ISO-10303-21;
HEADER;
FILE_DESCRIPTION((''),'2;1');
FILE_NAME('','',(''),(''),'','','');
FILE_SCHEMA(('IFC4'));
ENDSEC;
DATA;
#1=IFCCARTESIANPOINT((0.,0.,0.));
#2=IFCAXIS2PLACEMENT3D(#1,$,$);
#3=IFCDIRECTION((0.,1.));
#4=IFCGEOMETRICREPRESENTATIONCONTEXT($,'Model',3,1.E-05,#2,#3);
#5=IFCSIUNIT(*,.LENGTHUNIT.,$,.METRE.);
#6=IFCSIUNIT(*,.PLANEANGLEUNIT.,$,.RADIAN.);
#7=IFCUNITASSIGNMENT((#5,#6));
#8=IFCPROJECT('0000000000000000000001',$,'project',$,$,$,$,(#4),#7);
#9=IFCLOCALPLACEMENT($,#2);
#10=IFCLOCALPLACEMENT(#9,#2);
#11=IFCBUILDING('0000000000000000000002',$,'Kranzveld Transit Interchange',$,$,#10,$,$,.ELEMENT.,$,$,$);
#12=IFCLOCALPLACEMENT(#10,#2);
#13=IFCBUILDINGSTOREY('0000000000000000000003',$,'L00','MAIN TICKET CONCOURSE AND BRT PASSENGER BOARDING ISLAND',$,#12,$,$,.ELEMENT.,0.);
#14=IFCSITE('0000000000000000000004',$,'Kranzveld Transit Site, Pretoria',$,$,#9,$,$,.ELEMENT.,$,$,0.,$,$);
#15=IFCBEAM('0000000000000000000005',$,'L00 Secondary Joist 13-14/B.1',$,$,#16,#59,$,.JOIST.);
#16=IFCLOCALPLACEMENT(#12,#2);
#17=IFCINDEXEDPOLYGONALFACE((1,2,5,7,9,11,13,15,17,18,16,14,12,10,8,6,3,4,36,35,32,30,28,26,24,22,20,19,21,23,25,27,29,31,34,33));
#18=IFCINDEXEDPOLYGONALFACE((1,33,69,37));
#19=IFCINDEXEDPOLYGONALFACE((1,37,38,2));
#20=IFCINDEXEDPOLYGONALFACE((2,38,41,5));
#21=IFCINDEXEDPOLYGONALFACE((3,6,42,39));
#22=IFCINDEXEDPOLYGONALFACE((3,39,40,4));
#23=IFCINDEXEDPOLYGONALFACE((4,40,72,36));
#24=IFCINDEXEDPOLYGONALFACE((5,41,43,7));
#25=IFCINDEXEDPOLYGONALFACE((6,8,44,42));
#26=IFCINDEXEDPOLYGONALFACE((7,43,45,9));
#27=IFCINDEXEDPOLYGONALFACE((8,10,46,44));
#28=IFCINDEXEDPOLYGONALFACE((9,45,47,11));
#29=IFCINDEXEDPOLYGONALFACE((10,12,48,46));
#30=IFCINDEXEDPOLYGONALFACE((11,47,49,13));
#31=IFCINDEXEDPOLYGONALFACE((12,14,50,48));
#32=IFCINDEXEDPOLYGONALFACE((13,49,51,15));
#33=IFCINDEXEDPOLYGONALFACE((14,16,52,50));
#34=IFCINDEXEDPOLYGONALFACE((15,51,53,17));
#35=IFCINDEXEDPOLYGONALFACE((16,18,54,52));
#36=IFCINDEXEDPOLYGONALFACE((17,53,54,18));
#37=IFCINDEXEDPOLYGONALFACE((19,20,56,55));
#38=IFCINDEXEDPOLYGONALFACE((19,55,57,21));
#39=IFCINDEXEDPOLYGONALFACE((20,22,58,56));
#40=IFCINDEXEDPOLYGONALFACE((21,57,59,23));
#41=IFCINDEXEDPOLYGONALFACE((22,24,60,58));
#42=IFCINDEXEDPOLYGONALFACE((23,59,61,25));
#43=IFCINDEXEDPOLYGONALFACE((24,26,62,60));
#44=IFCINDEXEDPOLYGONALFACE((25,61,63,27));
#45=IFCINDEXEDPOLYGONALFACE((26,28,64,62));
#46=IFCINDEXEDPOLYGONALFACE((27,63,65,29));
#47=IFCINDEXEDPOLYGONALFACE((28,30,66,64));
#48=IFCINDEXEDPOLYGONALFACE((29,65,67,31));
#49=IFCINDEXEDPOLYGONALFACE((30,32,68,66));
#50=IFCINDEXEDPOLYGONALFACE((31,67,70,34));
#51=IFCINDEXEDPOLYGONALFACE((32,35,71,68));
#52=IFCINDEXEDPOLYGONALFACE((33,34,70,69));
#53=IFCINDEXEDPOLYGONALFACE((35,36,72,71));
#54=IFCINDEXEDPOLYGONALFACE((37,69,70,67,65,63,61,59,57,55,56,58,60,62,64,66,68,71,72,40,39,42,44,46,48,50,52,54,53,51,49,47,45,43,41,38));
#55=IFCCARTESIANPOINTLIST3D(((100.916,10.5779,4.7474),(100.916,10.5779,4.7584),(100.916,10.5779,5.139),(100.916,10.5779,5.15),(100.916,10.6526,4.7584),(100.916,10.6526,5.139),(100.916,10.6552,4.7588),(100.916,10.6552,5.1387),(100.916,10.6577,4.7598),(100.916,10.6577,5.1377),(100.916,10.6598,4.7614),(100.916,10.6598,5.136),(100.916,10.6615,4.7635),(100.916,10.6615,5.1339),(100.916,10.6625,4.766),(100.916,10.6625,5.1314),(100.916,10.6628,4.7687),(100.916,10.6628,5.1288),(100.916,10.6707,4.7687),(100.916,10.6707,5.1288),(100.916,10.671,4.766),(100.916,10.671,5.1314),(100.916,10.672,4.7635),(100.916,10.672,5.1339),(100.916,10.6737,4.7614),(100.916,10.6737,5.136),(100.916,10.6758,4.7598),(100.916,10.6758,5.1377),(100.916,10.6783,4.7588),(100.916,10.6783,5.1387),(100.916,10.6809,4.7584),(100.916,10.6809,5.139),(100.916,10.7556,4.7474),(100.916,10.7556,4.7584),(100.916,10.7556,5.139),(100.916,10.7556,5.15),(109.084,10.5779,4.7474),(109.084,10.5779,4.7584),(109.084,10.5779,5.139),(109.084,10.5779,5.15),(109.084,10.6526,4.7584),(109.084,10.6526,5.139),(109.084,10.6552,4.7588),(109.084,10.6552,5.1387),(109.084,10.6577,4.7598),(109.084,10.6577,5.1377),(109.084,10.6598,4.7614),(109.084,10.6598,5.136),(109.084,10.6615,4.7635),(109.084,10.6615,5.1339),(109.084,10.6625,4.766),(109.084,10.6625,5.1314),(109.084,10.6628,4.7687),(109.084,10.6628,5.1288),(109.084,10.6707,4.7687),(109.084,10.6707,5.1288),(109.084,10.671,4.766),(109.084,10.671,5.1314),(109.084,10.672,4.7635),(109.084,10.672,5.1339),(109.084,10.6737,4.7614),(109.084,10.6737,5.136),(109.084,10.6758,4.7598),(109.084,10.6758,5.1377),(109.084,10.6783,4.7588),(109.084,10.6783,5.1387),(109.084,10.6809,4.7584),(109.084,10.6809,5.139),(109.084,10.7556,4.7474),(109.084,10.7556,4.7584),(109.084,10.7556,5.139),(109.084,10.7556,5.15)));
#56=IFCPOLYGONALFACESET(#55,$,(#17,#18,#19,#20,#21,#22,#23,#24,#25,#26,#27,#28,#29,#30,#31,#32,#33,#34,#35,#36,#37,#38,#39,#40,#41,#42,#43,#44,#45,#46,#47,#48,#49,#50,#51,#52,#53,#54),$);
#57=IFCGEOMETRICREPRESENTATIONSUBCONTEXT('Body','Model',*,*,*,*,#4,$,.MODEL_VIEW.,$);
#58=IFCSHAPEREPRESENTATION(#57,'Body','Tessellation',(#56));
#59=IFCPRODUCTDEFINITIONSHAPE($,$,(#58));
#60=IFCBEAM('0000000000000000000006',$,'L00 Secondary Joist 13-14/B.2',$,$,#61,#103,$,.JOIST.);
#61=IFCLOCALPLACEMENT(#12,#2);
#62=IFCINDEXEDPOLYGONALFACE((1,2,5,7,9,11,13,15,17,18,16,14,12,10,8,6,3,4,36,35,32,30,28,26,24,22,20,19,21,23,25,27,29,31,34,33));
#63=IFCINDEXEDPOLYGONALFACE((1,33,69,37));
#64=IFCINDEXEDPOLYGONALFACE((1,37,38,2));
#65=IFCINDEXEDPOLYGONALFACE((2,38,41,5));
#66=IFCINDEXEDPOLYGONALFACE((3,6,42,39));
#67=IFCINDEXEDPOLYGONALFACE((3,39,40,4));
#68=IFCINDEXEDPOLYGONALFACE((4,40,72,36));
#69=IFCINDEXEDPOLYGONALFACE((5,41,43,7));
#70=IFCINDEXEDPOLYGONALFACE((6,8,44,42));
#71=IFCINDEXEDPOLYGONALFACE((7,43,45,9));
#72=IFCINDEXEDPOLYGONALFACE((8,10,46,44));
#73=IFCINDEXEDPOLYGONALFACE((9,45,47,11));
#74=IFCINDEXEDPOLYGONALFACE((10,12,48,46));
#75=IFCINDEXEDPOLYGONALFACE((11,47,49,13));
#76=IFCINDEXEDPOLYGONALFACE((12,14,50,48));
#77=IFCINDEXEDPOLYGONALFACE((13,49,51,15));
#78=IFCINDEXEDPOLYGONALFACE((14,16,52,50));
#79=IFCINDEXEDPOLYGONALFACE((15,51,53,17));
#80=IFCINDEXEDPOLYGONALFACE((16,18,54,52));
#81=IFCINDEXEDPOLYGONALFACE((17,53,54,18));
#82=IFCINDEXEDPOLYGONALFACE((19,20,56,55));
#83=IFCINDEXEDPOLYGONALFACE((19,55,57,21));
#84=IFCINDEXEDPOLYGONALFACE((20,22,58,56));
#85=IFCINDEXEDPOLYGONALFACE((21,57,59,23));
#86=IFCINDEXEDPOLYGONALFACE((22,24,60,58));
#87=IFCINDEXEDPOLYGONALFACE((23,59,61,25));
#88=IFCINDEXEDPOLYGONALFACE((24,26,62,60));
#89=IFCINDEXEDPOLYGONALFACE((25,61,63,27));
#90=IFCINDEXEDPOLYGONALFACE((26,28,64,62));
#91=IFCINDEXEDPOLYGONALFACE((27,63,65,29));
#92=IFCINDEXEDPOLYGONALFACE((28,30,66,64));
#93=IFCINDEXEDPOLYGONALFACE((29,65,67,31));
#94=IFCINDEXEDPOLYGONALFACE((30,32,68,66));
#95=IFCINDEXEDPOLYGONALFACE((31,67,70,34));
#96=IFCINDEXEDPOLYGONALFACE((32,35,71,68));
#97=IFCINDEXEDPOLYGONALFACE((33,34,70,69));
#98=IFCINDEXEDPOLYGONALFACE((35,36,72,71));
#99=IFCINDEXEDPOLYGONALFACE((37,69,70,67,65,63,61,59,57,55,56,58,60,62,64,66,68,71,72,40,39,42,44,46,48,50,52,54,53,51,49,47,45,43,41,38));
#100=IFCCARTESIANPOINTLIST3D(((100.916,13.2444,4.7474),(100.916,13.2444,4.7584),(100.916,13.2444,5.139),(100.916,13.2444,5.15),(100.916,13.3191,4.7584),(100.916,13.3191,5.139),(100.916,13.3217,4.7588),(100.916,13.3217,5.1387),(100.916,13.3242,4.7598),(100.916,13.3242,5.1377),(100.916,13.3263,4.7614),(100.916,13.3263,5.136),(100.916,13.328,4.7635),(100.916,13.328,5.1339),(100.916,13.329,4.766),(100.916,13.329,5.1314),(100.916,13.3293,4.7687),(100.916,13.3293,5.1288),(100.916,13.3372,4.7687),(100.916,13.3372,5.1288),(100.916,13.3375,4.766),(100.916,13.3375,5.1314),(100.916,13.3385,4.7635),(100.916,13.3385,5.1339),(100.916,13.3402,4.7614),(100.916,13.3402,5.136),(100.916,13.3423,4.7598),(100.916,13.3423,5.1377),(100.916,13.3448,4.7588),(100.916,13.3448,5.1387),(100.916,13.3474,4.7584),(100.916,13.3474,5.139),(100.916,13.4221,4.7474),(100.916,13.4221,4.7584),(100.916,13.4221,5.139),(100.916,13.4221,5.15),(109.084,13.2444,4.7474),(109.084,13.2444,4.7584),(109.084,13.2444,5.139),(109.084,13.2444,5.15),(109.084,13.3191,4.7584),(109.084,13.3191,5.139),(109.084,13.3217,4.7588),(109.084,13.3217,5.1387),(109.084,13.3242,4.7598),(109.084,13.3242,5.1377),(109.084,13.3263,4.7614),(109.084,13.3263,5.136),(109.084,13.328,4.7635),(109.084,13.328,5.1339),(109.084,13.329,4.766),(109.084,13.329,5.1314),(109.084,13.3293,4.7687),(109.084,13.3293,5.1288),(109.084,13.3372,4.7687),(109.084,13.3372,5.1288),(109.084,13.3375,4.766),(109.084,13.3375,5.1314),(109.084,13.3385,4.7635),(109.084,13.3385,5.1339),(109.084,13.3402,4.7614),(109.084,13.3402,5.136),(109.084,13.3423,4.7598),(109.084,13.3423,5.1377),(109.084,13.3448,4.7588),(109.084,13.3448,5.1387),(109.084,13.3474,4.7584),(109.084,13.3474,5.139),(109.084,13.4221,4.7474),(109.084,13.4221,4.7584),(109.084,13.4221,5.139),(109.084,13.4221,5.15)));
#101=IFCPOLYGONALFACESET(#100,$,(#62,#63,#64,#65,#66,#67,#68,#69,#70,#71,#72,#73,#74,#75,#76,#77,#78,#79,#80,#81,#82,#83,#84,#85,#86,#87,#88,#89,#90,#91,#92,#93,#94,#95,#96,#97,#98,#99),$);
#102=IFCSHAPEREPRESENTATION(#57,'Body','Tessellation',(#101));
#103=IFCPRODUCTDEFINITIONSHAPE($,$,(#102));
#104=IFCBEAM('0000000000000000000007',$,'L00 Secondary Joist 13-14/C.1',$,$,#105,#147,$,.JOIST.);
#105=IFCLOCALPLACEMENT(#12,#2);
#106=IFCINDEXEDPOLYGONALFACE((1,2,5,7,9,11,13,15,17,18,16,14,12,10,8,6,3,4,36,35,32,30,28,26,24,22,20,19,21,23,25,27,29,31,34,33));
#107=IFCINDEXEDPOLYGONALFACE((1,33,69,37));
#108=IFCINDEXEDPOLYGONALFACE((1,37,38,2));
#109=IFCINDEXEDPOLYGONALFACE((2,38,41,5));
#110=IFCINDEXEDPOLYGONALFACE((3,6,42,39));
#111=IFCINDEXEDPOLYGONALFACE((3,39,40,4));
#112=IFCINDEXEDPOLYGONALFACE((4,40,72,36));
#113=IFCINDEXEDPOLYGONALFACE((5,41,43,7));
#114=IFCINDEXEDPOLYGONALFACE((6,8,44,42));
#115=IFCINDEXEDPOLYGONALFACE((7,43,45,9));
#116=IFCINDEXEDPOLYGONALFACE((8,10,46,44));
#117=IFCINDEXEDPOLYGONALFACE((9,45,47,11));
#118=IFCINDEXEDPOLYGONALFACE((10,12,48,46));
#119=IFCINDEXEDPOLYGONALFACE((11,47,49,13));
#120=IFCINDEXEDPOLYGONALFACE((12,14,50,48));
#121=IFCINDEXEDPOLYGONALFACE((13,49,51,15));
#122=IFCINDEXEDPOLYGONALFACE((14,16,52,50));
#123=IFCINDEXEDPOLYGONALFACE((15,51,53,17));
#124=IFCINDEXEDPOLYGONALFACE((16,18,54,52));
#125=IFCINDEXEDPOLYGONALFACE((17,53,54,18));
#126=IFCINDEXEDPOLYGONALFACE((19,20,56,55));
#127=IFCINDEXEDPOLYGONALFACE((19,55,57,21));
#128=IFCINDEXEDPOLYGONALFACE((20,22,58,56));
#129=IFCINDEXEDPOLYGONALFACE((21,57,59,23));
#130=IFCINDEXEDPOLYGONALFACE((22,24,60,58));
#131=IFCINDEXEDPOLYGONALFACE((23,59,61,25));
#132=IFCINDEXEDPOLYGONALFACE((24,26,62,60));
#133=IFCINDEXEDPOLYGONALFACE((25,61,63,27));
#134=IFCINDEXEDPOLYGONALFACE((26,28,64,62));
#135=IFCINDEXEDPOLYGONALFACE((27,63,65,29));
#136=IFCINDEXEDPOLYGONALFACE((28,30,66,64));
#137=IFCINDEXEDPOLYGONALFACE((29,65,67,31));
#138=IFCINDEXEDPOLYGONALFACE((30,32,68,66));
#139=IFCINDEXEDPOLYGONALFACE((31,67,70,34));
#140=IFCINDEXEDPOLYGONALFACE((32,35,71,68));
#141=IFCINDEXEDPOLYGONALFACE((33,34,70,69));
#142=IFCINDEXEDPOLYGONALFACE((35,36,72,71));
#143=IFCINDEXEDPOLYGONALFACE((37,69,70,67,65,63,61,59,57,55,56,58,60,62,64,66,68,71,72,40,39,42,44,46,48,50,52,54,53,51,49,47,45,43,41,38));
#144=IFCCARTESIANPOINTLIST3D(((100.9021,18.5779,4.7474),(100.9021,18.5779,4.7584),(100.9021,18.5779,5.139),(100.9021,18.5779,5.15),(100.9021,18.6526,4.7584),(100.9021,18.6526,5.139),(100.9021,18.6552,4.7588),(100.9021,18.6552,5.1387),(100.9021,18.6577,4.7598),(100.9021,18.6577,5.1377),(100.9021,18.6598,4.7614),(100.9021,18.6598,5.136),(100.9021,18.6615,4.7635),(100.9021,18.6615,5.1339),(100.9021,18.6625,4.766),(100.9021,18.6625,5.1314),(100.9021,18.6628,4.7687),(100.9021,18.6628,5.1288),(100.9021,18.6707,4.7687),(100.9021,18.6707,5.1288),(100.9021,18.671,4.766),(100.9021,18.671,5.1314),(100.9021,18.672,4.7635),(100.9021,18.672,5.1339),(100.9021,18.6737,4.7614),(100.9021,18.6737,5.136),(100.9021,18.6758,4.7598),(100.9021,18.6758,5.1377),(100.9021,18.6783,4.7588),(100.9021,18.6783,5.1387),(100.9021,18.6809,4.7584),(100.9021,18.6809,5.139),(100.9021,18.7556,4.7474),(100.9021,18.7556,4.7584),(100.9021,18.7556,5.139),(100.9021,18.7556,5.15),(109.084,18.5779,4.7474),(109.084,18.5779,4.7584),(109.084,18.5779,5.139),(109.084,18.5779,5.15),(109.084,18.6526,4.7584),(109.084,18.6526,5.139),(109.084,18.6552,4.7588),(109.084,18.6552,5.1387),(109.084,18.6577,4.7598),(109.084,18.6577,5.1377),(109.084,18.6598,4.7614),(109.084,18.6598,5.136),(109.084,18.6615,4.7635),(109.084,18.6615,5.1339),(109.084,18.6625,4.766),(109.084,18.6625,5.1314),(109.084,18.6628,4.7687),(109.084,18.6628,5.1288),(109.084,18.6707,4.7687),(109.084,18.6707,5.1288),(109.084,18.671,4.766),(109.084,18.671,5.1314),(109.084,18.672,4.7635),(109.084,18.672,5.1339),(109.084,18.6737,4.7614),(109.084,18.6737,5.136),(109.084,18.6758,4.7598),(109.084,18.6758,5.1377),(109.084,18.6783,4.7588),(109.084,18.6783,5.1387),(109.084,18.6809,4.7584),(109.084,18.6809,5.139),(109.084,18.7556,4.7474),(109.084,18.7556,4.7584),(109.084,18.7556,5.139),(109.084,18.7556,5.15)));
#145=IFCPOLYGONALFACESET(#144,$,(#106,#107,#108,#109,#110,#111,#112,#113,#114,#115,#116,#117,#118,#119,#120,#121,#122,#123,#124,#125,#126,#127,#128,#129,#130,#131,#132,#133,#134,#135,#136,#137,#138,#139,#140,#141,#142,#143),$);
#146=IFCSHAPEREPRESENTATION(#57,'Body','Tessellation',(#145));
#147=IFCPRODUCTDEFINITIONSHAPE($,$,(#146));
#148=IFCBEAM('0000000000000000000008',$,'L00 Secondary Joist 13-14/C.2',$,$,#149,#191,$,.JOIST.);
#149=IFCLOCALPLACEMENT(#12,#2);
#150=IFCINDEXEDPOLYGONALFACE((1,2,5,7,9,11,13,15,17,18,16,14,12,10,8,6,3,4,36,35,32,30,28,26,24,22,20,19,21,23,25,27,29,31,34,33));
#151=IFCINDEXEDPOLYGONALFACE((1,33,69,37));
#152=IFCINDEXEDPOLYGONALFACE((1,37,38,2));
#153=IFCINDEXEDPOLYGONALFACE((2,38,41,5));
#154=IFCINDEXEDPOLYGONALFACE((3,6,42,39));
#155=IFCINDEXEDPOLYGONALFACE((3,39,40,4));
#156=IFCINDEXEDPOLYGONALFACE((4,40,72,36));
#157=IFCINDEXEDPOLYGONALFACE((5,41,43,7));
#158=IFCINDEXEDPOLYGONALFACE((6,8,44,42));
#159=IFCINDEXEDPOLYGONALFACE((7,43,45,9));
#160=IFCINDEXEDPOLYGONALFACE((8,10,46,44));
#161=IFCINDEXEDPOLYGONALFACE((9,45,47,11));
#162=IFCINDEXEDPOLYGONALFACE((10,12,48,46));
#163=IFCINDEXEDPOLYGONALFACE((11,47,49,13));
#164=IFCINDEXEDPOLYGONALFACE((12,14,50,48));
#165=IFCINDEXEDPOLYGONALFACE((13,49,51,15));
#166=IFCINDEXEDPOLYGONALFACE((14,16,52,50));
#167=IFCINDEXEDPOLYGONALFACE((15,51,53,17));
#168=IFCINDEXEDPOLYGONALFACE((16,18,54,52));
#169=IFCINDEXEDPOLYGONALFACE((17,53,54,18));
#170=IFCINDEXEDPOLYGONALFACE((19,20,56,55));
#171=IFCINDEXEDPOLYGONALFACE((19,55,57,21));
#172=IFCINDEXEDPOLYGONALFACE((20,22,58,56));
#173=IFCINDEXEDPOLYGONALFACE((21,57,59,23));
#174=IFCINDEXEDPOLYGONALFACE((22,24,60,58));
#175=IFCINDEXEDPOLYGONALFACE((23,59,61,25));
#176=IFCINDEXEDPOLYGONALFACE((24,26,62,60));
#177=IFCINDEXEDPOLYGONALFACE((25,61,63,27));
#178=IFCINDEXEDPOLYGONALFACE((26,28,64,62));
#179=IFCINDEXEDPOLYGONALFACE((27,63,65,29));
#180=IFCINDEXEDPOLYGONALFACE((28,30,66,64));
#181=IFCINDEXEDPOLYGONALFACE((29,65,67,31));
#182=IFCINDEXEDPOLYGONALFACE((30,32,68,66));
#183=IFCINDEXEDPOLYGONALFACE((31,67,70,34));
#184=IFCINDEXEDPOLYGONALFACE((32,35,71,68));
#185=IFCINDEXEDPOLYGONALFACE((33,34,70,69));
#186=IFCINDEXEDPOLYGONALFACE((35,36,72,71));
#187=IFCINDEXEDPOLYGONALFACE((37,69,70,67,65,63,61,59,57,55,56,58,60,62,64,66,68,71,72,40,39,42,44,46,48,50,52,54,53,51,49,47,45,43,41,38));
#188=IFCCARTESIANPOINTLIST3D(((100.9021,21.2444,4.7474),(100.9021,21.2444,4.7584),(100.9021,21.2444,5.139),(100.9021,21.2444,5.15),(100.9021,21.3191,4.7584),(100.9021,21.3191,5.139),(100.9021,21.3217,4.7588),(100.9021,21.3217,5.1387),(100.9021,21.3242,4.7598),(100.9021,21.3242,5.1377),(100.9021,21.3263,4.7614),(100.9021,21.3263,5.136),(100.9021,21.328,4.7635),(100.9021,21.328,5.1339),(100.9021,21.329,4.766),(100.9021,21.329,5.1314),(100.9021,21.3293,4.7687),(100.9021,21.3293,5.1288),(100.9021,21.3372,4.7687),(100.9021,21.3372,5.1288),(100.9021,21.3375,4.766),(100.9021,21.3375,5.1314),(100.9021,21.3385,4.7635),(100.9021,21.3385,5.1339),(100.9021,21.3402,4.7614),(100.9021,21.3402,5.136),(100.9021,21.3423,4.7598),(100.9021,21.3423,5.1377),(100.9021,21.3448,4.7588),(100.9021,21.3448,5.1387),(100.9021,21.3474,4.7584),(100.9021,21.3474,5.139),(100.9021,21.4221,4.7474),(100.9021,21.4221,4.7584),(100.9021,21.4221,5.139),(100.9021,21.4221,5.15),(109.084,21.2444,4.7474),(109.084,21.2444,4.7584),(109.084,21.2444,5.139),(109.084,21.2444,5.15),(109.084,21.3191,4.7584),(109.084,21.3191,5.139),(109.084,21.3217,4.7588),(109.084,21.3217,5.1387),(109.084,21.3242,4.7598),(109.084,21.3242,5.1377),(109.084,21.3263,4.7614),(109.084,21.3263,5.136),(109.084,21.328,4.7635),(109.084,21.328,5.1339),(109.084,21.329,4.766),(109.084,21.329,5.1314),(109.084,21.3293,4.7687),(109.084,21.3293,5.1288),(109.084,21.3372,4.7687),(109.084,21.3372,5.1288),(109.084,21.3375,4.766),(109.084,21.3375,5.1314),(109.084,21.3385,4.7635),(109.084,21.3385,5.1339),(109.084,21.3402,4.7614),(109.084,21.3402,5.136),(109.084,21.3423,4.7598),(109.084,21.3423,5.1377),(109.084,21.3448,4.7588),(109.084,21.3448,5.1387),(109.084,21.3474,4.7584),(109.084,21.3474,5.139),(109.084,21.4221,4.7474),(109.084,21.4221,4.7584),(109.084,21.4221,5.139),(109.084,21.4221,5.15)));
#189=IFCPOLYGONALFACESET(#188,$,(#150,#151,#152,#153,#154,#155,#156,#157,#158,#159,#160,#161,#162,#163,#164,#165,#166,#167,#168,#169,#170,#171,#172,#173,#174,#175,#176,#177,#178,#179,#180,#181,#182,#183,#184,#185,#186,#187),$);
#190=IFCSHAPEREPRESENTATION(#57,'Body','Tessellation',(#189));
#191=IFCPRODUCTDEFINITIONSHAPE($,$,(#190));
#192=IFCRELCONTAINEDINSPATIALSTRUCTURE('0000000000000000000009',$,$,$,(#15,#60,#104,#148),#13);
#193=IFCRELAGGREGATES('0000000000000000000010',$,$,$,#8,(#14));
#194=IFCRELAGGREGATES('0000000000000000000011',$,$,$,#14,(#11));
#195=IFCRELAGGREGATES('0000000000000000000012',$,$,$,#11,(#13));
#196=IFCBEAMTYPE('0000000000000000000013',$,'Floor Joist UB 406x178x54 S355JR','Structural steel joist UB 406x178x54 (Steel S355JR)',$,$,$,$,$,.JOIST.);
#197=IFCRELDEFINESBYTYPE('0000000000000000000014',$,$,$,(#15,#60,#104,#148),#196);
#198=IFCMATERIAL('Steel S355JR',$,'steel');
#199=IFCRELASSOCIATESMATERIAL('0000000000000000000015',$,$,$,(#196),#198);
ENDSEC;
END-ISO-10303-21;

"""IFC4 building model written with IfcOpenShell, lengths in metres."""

from ifc_helpers import new_model, si_unit, direction, frame, origin, origin_2d, place, context, subcontext, project, spatial, i_section, extrude, material, material_profile, profile_set, type_object, element, save


model = new_model("IFC4")

# Units and contexts
model_context = context("Model", 3, precision=1e-05, world=origin(), true_north=direction((0.0, 1.0)))
body_context = subcontext(model_context, "Body", "Model", "MODEL_VIEW")
ifc_project = project(units=[si_unit("LENGTHUNIT", "METRE"), si_unit("PLANEANGLEUNIT", "RADIAN")], contexts=[model_context])

# Site, building, storey
site_placement = place(None, origin())
site = spatial("IfcSite", under=ifc_project, at=site_placement, Name="Kranzveld Transit Site, Pretoria", CompositionType="ELEMENT", RefElevation=0.0)
building_placement = place(site_placement, origin())
building = spatial("IfcBuilding", under=site, at=building_placement, Name="Kranzveld Transit Interchange", CompositionType="ELEMENT")
storey_placement = place(building_placement, origin())
storey = spatial("IfcBuildingStorey", under=building, at=storey_placement, Name="L00", Description="MAIN TICKET CONCOURSE AND BRT PASSENGER BOARDING ISLAND", CompositionType="ELEMENT", Elevation=0.0)

# Beams
ifc_material_1 = material(Name="Steel S355JR", Category="steel")
ifc_material_profile_1 = material_profile(ifc_material_1, i_section(OverallWidth=0.1777, OverallDepth=0.4026, WebThickness=0.0078, FlangeThickness=0.011, FilletRadius=0.0103, at=origin_2d()), Name="UB 406x178x54")
ifc_profile_set_1 = profile_set([ifc_material_profile_1], Name="Steel S355JR")
beam_type_1 = type_object("IfcBeamType", Name="Floor Joist UB 406x178x54 S355JR", Description="Structural steel joist UB 406x178x54 (Steel S355JR)", PredefinedType="JOIST", material=ifc_profile_set_1)
for number, where, z_axis, x_axis, name in (
    (1, (100.916, 10.6667, 4.9487), (1.0, 0.0, 0.0), (0.0, 1.0, 0.0), "L00 Secondary Joist 13-14/B.1"),
    (2, (100.916, 13.3333, 4.9487), (1.0, 0.0, 0.0), (0.0, 1.0, 0.0), "L00 Secondary Joist 13-14/B.2"),
):
    element("IfcBeam", number, at=place(storey_placement, frame(where, z_axis=z_axis, x_axis=x_axis)), inside=storey, type_object=beam_type_1, Name=name, PredefinedType="JOIST", context=body_context, shape_type="SweptSolid", body=[
        extrude(i_section(OverallWidth=0.1777, OverallDepth=0.4026, WebThickness=0.0078, FlangeThickness=0.011, FilletRadius=0.0103, at=origin_2d()), origin(), (0.0, 0.0, 1.0), 8.168),
    ])
for number, where, z_axis, x_axis, name in (
    (3, (100.9021, 18.6667, 4.9487), (1.0, 0.0, 0.0), (0.0, 1.0, 0.0), "L00 Secondary Joist 13-14/C.1"),
    (4, (100.9021, 21.3333, 4.9487), (1.0, 0.0, 0.0), (0.0, 1.0, 0.0), "L00 Secondary Joist 13-14/C.2"),
):
    element("IfcBeam", number, at=place(storey_placement, frame(where, z_axis=z_axis, x_axis=x_axis)), inside=storey, type_object=beam_type_1, Name=name, PredefinedType="JOIST", context=body_context, shape_type="SweptSolid", body=[
        extrude(i_section(OverallWidth=0.1777, OverallDepth=0.4026, WebThickness=0.0078, FlangeThickness=0.011, FilletRadius=0.0103, at=origin_2d()), origin(), (0.0, 0.0, 1.0), 8.1819),
    ])

save(model, "model.ifc")
